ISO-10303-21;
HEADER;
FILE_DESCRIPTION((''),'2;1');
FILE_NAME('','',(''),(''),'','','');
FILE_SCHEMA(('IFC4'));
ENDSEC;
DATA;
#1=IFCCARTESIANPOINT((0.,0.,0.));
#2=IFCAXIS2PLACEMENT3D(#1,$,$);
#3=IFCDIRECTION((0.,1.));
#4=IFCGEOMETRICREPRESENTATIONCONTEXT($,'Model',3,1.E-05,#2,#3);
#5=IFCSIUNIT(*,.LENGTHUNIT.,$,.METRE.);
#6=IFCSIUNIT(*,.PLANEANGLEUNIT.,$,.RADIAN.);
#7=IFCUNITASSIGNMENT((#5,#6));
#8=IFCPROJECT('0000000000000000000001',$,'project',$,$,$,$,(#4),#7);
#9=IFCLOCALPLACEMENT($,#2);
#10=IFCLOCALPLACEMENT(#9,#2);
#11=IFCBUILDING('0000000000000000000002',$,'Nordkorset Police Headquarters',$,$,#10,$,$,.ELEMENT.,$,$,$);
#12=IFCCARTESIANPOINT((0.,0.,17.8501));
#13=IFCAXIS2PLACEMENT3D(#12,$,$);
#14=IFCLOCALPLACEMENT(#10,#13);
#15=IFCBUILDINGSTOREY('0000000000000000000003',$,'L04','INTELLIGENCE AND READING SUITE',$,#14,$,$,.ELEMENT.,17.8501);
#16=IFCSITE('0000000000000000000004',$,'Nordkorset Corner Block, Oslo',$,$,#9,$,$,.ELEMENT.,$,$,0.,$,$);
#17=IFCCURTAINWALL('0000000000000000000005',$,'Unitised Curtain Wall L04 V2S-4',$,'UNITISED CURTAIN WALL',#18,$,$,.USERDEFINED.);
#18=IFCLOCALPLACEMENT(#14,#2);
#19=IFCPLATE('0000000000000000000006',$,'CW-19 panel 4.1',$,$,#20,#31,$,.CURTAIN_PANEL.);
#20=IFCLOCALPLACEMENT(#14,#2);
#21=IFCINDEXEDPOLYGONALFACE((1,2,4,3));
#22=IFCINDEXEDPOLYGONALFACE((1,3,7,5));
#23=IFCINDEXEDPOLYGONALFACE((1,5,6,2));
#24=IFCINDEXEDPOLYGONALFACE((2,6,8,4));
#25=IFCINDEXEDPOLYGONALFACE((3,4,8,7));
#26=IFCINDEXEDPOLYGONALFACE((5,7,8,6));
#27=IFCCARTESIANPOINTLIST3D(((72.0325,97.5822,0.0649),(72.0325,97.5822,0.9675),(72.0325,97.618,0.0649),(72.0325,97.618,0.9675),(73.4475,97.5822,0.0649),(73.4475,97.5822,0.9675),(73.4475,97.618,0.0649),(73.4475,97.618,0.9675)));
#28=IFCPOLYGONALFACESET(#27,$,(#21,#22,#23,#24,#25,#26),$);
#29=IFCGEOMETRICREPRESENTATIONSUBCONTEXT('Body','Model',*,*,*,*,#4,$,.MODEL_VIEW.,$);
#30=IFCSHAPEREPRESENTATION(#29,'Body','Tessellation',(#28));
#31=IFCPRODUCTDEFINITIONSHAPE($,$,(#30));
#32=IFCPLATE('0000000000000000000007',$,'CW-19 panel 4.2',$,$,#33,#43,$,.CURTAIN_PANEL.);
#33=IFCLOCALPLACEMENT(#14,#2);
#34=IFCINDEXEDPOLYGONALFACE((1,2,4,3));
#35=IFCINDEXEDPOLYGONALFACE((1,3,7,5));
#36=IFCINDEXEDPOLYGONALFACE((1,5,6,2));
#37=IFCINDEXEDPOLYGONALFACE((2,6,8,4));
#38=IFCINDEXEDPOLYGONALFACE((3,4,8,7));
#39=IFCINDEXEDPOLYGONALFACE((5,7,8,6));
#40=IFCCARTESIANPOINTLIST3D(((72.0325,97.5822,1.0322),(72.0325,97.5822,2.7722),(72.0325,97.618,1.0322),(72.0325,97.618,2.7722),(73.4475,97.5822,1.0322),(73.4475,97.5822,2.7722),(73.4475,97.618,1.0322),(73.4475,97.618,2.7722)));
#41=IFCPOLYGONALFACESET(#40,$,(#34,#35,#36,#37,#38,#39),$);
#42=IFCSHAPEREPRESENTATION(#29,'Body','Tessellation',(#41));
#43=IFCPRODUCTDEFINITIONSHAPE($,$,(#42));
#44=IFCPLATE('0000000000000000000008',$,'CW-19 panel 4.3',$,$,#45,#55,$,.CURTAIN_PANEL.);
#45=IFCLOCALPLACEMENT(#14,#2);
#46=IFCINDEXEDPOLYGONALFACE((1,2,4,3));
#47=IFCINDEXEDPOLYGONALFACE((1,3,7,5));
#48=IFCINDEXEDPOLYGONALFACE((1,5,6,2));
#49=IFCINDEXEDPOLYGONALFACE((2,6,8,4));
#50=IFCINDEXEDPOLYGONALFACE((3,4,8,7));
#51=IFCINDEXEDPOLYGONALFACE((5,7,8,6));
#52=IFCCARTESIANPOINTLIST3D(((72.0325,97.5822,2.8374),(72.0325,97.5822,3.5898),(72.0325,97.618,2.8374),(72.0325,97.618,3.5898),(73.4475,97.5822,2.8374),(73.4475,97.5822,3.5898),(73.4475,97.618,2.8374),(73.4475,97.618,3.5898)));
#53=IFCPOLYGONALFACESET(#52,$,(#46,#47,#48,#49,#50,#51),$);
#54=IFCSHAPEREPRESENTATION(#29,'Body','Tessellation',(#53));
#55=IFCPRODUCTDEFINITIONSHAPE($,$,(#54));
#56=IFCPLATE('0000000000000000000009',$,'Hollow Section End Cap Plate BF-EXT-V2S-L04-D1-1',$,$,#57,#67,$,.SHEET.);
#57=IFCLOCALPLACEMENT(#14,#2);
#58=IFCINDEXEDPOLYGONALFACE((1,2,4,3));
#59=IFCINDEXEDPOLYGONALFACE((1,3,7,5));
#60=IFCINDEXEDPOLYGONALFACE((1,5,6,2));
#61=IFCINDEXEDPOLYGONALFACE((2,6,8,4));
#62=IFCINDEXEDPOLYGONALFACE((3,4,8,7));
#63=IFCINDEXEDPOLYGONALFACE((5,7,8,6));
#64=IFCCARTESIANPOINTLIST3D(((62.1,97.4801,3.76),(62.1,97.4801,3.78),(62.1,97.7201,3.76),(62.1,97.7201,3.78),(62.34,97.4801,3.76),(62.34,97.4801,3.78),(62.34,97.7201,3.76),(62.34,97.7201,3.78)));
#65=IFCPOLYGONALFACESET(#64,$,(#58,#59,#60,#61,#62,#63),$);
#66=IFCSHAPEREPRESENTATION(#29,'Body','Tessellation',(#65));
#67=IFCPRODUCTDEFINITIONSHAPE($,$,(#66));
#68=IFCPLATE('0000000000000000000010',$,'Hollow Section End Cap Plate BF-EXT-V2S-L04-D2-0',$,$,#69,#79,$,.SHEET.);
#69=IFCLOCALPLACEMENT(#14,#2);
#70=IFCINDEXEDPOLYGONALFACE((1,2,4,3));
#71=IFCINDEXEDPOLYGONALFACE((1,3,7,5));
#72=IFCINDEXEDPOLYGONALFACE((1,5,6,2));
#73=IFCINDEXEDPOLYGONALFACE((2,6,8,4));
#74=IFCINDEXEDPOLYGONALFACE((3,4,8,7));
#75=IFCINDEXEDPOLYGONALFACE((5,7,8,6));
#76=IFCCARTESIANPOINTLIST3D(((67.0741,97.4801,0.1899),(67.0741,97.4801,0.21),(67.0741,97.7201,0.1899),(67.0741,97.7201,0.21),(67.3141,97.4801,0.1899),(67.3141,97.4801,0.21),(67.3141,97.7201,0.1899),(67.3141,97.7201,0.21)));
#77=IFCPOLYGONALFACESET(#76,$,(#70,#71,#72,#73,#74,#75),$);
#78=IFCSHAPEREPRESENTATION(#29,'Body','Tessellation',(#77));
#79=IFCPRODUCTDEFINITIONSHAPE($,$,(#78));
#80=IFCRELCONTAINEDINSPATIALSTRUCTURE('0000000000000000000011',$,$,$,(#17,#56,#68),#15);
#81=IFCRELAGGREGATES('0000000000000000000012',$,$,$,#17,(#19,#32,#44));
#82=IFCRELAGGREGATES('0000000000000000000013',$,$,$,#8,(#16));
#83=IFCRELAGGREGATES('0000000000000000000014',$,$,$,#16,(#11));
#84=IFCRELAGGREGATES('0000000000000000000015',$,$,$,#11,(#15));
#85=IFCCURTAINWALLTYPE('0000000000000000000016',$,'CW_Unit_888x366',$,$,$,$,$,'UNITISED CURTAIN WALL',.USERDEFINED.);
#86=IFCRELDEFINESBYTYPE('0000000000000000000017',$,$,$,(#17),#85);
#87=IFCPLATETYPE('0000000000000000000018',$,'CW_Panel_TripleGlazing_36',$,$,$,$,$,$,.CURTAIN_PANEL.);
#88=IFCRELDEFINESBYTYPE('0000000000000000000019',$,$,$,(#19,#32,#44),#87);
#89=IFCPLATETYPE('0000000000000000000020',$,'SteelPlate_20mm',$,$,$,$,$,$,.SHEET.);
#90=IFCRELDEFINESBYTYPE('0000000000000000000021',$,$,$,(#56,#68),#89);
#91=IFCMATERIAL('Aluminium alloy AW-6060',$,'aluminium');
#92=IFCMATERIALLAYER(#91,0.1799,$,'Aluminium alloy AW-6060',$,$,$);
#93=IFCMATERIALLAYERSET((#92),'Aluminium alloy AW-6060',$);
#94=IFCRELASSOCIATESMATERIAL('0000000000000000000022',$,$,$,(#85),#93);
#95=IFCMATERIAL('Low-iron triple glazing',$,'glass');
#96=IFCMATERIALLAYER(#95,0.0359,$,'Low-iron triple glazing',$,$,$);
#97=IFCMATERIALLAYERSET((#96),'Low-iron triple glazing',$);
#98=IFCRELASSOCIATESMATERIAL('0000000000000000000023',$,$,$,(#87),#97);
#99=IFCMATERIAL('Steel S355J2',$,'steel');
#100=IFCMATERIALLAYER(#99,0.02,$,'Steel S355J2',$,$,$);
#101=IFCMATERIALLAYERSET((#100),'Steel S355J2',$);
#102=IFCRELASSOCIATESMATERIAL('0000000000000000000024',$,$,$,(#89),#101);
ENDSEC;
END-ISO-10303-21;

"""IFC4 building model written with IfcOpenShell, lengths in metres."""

from ifc_helpers import new_model, si_unit, direction, frame, origin, origin_2d, place, context, subcontext, project, spatial, rectangle, extrude, material, layer, layer_set, type_object, element, aggregate, save


model = new_model("IFC4")

# Units and contexts
model_context = context("Model", 3, precision=1e-05, world=origin(), true_north=direction((0.0, 1.0)))
body_context = subcontext(model_context, "Body", "Model", "MODEL_VIEW")
ifc_project = project(units=[si_unit("LENGTHUNIT", "METRE"), si_unit("PLANEANGLEUNIT", "RADIAN")], contexts=[model_context])

# Site, building, storey
site_placement = place(None, origin())
site = spatial("IfcSite", under=ifc_project, at=site_placement, Name="Nordkorset Corner Block, Oslo", CompositionType="ELEMENT", RefElevation=0.0)
building_placement = place(site_placement, origin())
building = spatial("IfcBuilding", under=site, at=building_placement, Name="Nordkorset Police Headquarters", CompositionType="ELEMENT")
storey_placement = place(building_placement, frame((0.0, 0.0, 17.8501)))
storey = spatial("IfcBuildingStorey", under=building, at=storey_placement, Name="L04", Description="INTELLIGENCE AND READING SUITE", CompositionType="ELEMENT", Elevation=17.8501)

# Curtain wall
ifc_material_1 = material(Name="Aluminium alloy AW-6060", Category="aluminium")
ifc_layer_1 = layer(ifc_material_1, 0.1799, Name="Aluminium alloy AW-6060")
ifc_layer_set_1 = layer_set([ifc_layer_1], Name="Aluminium alloy AW-6060")
curtain_wall_type = type_object("IfcCurtainWallType", Name="CW_Unit_888x366", ElementType="UNITISED CURTAIN WALL", PredefinedType="USERDEFINED", material=ifc_layer_set_1)
curtain_wall_placement = place(storey_placement, origin())
curtain_wall = element("IfcCurtainWall", 1, at=curtain_wall_placement, inside=storey, type_object=curtain_wall_type, Name="Unitised Curtain Wall L04 V2S-4", ObjectType="UNITISED CURTAIN WALL", PredefinedType="USERDEFINED")

# Plates
ifc_material_2 = material(Name="Low-iron triple glazing", Category="glass")
ifc_layer_2 = layer(ifc_material_2, 0.0359, Name="Low-iron triple glazing")
ifc_layer_set_2 = layer_set([ifc_layer_2], Name="Low-iron triple glazing")
plate_type_1 = type_object("IfcPlateType", Name="CW_Panel_TripleGlazing_36", PredefinedType="CURTAIN_PANEL", material=ifc_layer_set_2)
plate_1_placement = place(storey_placement, frame((72.74, 97.6001, 0.0649), z_axis=(0.0, 0.0, 1.0), x_axis=(1.0, 0.0, 0.0)))
plate_1 = element("IfcPlate", 2, at=plate_1_placement, type_object=plate_type_1, Name="CW-19 panel 4.1", PredefinedType="CURTAIN_PANEL", context=body_context, shape_type="SweptSolid", body=[
    extrude(rectangle(XDim=1.415, YDim=0.0359, at=origin_2d()), origin(), (0.0, 0.0, 1.0), 0.9026),
])
plate_2_placement = place(storey_placement, frame((72.74, 97.6001, 1.0322), z_axis=(0.0, 0.0, 1.0), x_axis=(1.0, 0.0, 0.0)))
plate_2 = element("IfcPlate", 3, at=plate_2_placement, type_object=plate_type_1, Name="CW-19 panel 4.2", PredefinedType="CURTAIN_PANEL", context=body_context, shape_type="SweptSolid", body=[
    extrude(rectangle(XDim=1.415, YDim=0.0359, at=origin_2d()), origin(), (0.0, 0.0, 1.0), 1.74),
])
plate_3_placement = place(storey_placement, frame((72.74, 97.6001, 2.8374), z_axis=(0.0, 0.0, 1.0), x_axis=(1.0, 0.0, 0.0)))
plate_3 = element("IfcPlate", 4, at=plate_3_placement, type_object=plate_type_1, Name="CW-19 panel 4.3", PredefinedType="CURTAIN_PANEL", context=body_context, shape_type="SweptSolid", body=[
    extrude(rectangle(XDim=1.415, YDim=0.0359, at=origin_2d()), origin(), (0.0, 0.0, 1.0), 0.7524),
])
aggregate(curtain_wall, [plate_1, plate_2, plate_3])

# Plates
ifc_material_3 = material(Name="Steel S355J2", Category="steel")
ifc_layer_3 = layer(ifc_material_3, 0.02, Name="Steel S355J2")
ifc_layer_set_3 = layer_set([ifc_layer_3], Name="Steel S355J2")
plate_type_2 = type_object("IfcPlateType", Name="SteelPlate_20mm", PredefinedType="SHEET", material=ifc_layer_set_3)
for number, where, z_axis, x_axis, name in (
    (5, (62.22, 97.6001, 3.76), (0.0, 0.0, 1.0), (1.0, 0.0, 0.0), "Hollow Section End Cap Plate BF-EXT-V2S-L04-D1-1"),
    (6, (67.1941, 97.6001, 0.1899), (0.0, 0.0, 1.0), (1.0, 0.0, 0.0), "Hollow Section End Cap Plate BF-EXT-V2S-L04-D2-0"),
):
    element("IfcPlate", number, at=place(storey_placement, frame(where, z_axis=z_axis, x_axis=x_axis)), inside=storey, type_object=plate_type_2, Name=name, PredefinedType="SHEET", context=body_context, shape_type="SweptSolid", body=[
        extrude(rectangle(XDim=0.24, YDim=0.24, at=origin_2d()), origin(), (0.0, 0.0, 1.0), 0.02),
    ])

save(model, "model.ifc")
